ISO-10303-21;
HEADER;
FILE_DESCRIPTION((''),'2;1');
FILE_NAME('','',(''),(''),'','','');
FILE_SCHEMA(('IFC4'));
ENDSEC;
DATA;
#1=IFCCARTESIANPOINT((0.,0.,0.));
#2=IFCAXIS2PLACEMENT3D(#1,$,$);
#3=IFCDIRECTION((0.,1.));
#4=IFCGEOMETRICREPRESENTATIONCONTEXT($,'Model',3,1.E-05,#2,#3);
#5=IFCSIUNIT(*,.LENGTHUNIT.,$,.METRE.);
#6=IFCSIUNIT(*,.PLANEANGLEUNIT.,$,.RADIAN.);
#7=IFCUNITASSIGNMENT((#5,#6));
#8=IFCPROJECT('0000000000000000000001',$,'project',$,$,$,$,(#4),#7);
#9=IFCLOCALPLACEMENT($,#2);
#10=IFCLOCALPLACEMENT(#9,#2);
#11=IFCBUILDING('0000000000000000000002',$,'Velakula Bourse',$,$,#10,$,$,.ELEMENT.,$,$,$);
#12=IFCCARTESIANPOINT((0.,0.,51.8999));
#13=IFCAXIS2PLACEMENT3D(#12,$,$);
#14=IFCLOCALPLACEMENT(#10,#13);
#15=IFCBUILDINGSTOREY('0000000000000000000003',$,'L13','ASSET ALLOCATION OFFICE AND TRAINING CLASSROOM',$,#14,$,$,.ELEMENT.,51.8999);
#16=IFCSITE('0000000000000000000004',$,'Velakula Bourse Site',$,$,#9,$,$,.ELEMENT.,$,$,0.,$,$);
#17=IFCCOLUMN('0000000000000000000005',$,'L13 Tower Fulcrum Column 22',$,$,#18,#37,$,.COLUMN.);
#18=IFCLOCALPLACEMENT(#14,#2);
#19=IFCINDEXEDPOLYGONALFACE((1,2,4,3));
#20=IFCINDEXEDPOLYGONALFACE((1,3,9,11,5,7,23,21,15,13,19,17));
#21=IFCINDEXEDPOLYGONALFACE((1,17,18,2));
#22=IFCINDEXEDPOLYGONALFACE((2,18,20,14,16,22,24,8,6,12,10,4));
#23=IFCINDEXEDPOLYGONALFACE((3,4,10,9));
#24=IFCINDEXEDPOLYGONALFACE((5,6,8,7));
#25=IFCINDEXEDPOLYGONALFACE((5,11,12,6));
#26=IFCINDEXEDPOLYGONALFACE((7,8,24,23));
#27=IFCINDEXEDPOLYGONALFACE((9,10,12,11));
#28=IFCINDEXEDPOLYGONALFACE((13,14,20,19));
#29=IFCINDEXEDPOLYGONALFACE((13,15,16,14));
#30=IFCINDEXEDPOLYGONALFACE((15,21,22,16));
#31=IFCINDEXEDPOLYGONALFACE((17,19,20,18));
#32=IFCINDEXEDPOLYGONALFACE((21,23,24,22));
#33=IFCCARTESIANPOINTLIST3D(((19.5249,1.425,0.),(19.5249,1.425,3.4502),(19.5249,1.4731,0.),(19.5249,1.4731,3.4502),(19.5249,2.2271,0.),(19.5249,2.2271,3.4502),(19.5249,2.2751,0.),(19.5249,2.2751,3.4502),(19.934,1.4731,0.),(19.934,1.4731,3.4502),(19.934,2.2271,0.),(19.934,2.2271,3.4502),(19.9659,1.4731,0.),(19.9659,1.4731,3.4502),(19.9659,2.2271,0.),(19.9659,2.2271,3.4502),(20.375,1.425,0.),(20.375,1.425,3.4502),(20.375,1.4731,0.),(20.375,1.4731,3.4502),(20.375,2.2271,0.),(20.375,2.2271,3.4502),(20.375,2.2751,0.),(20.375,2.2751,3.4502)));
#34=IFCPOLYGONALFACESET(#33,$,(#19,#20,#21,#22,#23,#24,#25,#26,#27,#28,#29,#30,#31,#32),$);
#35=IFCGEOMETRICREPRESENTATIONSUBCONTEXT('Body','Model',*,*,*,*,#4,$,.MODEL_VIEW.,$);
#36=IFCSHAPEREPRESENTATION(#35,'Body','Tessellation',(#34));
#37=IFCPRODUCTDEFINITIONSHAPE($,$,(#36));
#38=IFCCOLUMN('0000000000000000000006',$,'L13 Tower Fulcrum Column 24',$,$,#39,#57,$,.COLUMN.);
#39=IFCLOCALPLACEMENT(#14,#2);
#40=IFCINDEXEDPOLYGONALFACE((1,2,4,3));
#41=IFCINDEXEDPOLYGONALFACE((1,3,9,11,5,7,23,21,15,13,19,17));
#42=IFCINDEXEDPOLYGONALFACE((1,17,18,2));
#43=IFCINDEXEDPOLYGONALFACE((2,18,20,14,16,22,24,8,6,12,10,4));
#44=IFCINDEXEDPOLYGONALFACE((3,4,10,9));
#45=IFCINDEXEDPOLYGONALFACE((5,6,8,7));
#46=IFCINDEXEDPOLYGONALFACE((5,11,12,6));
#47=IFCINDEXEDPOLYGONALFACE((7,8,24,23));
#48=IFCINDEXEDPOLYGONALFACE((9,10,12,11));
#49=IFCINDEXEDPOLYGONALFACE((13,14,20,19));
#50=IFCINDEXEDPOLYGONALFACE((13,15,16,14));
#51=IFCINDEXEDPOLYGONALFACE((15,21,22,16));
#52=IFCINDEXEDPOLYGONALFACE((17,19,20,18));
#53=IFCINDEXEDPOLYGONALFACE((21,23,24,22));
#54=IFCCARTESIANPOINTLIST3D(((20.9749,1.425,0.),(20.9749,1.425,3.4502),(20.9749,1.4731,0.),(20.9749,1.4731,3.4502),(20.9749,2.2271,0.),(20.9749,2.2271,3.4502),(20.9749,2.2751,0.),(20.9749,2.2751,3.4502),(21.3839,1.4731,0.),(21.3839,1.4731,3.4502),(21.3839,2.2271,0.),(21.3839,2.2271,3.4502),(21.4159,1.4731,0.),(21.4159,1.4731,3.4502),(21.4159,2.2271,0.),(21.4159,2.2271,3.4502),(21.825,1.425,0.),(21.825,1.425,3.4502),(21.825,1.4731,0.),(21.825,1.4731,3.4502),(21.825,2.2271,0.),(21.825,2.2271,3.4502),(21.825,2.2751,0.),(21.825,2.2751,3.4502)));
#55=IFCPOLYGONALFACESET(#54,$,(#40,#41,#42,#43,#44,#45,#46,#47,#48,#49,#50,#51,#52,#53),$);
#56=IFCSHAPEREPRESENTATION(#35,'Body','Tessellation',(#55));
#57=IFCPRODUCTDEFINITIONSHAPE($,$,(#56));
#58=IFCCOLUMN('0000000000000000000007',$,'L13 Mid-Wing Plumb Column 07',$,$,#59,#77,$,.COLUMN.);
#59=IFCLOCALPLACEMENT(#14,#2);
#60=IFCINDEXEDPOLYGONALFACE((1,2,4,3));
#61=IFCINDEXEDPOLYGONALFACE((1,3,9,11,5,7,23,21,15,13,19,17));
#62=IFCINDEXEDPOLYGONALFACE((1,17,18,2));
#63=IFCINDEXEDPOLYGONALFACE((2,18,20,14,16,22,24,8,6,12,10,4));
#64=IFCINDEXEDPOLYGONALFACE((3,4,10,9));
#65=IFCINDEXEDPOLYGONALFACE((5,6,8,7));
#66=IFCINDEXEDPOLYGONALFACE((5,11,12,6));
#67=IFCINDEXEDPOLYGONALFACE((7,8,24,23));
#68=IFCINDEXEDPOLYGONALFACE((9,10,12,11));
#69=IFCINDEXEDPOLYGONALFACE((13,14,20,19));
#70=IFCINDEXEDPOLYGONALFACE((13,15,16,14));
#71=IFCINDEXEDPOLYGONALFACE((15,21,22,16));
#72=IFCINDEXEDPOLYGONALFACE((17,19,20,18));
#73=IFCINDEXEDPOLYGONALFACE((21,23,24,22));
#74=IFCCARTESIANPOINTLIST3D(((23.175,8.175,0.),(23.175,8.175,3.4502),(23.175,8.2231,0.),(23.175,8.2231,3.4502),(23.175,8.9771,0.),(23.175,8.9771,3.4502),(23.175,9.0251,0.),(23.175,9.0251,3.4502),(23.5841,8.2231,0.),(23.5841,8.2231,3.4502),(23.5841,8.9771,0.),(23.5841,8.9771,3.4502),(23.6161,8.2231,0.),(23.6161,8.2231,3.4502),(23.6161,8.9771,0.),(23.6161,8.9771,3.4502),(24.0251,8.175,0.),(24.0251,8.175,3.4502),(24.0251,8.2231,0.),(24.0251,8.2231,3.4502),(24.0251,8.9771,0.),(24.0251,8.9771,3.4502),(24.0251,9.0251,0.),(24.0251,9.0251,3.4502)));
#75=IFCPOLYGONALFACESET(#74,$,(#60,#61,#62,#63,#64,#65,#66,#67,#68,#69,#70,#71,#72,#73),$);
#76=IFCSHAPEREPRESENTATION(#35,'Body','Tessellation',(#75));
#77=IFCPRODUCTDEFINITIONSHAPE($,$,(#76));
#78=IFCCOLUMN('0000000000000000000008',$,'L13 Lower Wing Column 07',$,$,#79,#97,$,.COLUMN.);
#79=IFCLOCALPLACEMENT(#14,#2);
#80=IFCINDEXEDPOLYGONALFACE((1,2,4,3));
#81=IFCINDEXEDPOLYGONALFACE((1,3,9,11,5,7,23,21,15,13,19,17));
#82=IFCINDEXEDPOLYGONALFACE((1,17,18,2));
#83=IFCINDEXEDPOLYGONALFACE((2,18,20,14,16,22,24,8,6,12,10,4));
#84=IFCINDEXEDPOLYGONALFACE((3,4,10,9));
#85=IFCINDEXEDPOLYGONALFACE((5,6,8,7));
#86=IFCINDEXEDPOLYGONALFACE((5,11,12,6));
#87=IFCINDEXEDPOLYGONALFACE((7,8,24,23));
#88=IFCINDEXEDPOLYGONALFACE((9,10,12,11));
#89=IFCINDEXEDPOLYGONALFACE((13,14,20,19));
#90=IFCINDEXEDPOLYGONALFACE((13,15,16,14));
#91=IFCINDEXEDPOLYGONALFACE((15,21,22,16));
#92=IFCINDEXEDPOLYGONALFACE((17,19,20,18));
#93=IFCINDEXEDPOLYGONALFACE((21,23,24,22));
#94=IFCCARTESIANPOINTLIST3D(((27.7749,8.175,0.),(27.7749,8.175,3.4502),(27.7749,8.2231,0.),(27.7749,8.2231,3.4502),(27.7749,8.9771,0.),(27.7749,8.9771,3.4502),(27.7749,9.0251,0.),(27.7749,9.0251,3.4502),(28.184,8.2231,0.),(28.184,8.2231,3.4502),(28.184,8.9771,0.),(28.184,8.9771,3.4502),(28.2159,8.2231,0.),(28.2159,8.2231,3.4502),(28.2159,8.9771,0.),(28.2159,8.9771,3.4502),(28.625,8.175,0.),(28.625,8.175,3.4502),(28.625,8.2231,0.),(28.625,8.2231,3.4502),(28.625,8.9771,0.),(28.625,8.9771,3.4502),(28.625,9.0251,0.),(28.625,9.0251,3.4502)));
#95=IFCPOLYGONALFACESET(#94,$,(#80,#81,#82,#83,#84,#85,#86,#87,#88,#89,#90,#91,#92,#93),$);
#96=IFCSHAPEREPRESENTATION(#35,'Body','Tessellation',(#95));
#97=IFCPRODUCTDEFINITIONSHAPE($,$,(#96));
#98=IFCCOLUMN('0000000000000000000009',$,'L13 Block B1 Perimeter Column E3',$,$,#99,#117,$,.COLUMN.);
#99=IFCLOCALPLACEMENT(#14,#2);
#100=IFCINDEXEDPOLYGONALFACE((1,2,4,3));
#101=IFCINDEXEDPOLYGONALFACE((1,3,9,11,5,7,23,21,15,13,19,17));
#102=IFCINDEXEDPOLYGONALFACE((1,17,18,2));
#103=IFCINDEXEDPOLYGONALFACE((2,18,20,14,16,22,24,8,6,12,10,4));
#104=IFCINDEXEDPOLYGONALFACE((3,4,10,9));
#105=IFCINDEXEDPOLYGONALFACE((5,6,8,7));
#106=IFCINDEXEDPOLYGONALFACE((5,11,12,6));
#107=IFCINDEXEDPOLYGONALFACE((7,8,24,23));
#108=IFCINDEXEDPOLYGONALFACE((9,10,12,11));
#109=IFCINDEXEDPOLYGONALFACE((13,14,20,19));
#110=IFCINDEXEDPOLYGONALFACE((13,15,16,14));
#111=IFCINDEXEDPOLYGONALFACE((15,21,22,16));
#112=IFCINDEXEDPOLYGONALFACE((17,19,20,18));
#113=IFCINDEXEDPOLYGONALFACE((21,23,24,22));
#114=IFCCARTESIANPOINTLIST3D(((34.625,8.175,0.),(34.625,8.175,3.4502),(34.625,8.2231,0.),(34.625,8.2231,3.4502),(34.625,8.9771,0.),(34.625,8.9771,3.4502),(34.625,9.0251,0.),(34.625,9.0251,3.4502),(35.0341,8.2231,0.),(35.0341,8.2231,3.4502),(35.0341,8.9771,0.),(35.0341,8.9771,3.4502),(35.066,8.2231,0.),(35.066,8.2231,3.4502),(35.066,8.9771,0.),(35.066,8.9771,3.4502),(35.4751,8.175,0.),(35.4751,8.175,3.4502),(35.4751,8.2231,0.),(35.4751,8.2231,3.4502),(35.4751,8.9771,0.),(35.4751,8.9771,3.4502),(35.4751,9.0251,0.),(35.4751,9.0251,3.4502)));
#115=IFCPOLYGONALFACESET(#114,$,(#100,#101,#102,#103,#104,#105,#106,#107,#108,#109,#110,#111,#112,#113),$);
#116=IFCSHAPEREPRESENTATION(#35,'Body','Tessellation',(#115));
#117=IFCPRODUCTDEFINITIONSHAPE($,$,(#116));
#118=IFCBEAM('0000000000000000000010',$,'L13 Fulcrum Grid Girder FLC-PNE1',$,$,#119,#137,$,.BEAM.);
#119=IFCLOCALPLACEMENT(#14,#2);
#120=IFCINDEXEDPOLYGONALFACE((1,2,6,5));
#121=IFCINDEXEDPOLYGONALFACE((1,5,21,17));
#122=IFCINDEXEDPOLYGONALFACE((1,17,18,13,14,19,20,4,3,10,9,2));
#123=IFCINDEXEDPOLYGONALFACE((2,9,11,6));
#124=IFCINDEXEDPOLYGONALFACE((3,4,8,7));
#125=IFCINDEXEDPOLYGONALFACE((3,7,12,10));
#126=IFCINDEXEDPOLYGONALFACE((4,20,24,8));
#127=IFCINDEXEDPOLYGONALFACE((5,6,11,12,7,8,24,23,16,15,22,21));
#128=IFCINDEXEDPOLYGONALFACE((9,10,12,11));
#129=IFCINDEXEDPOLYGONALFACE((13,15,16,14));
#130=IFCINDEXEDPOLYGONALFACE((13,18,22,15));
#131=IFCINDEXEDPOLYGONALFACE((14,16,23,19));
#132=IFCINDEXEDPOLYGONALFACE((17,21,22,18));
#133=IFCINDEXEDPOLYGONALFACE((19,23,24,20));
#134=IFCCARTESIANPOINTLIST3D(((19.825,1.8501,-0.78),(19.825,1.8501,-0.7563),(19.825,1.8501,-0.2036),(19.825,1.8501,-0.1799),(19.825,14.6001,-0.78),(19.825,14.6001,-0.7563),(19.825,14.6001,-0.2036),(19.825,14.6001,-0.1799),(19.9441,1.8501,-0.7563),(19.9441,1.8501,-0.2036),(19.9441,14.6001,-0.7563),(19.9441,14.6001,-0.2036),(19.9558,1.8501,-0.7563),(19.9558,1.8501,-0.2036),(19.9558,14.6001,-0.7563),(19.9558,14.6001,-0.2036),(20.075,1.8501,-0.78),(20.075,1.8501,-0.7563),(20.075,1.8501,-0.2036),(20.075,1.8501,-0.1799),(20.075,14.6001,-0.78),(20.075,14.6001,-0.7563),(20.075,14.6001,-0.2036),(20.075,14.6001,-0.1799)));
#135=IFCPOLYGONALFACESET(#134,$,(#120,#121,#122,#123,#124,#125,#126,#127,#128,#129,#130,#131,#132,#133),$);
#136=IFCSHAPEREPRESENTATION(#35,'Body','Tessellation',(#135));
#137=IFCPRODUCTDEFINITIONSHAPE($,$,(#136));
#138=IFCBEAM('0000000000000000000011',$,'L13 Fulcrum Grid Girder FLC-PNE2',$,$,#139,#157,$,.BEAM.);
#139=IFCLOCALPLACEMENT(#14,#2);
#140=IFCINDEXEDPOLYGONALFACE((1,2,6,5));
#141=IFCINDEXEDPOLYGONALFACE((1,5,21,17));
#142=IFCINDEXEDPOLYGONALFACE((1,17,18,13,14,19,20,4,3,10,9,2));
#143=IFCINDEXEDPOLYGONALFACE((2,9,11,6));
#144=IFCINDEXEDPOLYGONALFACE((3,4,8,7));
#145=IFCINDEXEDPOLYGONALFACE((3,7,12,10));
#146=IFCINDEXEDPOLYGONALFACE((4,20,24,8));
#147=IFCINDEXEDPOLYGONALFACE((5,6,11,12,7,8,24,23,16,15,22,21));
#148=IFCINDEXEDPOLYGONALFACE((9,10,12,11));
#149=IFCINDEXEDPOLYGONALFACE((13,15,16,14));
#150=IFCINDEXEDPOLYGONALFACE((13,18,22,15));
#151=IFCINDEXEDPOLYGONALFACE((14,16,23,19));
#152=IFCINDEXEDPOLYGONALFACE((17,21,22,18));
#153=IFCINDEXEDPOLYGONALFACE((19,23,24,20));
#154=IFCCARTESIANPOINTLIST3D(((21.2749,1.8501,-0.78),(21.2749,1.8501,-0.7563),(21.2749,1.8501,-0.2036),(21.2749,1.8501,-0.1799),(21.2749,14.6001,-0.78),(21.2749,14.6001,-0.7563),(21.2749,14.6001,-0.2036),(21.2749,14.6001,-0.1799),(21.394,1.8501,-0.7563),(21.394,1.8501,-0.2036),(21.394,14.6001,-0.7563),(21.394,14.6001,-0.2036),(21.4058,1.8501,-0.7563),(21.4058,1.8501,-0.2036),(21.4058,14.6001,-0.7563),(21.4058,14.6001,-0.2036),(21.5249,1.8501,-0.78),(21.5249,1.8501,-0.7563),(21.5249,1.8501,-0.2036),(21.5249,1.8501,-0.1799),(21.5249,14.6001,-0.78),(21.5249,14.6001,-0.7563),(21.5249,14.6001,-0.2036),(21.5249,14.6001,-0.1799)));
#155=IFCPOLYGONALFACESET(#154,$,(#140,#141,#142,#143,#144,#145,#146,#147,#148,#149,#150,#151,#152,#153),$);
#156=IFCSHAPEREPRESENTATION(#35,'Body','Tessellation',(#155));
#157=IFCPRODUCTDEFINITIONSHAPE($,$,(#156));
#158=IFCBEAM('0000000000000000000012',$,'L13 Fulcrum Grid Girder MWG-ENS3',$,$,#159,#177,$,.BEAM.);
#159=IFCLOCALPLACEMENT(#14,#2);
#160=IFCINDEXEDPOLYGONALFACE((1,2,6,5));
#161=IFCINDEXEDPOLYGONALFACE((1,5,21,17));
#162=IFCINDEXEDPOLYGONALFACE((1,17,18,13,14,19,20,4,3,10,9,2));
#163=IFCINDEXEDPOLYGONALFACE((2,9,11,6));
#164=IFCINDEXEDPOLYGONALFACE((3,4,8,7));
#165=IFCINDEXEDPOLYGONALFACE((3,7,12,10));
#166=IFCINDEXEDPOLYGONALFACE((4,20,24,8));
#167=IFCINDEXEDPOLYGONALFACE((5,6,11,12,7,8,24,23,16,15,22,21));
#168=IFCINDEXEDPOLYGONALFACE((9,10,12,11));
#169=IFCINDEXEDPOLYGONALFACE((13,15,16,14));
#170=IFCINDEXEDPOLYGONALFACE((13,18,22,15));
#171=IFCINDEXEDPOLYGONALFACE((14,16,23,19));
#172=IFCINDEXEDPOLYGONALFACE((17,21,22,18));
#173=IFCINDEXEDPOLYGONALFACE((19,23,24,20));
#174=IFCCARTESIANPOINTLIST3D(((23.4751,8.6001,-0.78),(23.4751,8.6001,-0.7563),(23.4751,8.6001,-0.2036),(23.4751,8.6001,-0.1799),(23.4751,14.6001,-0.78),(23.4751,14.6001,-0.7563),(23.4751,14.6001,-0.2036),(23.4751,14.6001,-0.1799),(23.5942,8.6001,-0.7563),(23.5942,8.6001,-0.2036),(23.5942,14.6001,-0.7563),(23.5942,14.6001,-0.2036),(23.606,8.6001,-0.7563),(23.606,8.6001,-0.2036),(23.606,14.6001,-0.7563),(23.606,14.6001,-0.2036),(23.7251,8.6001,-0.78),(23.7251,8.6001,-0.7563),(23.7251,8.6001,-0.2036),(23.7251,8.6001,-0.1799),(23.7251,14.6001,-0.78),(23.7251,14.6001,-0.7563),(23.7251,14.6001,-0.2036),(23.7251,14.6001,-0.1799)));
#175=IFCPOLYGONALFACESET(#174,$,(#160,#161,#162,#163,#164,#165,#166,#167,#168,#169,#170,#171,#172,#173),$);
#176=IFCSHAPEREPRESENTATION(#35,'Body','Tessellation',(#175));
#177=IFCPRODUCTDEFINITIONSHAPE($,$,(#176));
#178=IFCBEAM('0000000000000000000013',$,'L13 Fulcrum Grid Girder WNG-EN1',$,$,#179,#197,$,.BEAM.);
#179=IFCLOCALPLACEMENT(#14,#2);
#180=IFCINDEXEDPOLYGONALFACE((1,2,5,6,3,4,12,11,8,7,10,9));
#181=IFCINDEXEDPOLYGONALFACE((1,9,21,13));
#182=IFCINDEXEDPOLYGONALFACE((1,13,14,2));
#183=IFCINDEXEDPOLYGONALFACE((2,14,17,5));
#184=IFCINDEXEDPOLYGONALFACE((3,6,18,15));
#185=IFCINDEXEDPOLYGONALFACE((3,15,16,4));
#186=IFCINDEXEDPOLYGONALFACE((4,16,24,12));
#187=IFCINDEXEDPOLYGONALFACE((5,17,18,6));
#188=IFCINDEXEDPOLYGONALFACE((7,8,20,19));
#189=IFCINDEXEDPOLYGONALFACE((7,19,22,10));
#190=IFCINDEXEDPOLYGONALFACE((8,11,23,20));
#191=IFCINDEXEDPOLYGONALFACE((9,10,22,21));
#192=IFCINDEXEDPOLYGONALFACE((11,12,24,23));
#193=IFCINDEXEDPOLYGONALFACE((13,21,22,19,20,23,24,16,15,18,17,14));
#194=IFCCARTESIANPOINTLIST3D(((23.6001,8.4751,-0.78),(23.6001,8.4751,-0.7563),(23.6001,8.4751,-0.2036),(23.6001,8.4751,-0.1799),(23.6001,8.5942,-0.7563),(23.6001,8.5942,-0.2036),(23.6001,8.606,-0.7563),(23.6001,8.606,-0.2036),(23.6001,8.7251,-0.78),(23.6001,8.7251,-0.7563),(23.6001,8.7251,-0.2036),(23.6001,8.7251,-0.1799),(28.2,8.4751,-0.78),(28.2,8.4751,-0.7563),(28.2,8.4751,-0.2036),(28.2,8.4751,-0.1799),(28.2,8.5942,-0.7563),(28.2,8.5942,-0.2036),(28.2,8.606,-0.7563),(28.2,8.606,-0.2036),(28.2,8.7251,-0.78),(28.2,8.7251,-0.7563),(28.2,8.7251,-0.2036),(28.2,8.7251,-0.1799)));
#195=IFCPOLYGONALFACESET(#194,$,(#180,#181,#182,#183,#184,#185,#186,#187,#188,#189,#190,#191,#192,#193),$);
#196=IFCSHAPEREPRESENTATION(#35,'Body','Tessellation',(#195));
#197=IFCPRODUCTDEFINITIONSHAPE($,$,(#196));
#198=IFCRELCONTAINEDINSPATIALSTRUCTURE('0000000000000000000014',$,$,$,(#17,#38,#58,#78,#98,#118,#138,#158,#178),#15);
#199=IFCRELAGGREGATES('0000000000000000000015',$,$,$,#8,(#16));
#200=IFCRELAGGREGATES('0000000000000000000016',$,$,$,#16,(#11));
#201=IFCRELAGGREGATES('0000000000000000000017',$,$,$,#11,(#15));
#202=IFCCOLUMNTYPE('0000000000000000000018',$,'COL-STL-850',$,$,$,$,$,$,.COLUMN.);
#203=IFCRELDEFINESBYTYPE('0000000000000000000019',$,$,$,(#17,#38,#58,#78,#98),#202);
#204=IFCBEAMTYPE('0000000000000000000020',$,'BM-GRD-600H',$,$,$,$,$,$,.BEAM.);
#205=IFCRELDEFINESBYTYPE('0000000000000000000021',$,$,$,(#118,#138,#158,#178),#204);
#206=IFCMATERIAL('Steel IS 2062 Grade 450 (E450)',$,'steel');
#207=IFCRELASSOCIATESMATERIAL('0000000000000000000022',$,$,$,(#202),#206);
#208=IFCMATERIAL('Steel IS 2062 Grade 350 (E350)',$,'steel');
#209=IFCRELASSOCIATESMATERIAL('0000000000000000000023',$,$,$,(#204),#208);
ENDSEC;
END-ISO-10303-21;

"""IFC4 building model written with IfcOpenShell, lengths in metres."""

from ifc_helpers import new_model, si_unit, direction, frame, origin, origin_2d, place, context, subcontext, project, spatial, i_section, extrude, material, material_profile, profile_set, type_object, element, save


model = new_model("IFC4")

# Units and contexts
model_context = context("Model", 3, precision=1e-05, world=origin(), true_north=direction((0.0, 1.0)))
body_context = subcontext(model_context, "Body", "Model", "MODEL_VIEW")
ifc_project = project(units=[si_unit("LENGTHUNIT", "METRE"), si_unit("PLANEANGLEUNIT", "RADIAN")], contexts=[model_context])

# Site, building, storey
site_placement = place(None, origin())
site = spatial("IfcSite", under=ifc_project, at=site_placement, Name="Velakula Bourse Site", CompositionType="ELEMENT", RefElevation=0.0)
building_placement = place(site_placement, origin())
building = spatial("IfcBuilding", under=site, at=building_placement, Name="Velakula Bourse", CompositionType="ELEMENT")
storey_placement = place(building_placement, frame((0.0, 0.0, 51.8999)))
storey = spatial("IfcBuildingStorey", under=building, at=storey_placement, Name="L13", Description="ASSET ALLOCATION OFFICE AND TRAINING CLASSROOM", CompositionType="ELEMENT", Elevation=51.8999)

# Columns
ifc_material_1 = material(Name="Steel IS 2062 Grade 450 (E450)", Category="steel")
ifc_material_profile_1 = material_profile(ifc_material_1, i_section(OverallWidth=0.8501, OverallDepth=0.8501, WebThickness=0.032, FlangeThickness=0.0481, at=origin_2d()), Name="Steel IS 2062 Grade 450 (E450)")
ifc_profile_set_1 = profile_set([ifc_material_profile_1], Name="Steel IS 2062 Grade 450 (E450)")
column_type = type_object("IfcColumnType", Name="COL-STL-850", PredefinedType="COLUMN", material=ifc_profile_set_1)
for number, where, z_axis, x_axis, name in (
    (1, (19.95, 1.8501, 0.0), (0.0, 0.0, 1.0), (1.0, 0.0, 0.0), "L13 Tower Fulcrum Column 22"),
    (2, (21.3999, 1.8501, 0.0), (0.0, 0.0, 1.0), (1.0, 0.0, 0.0), "L13 Tower Fulcrum Column 24"),
    (3, (23.6001, 8.6001, 0.0), (0.0, 0.0, 1.0), (1.0, 0.0, 0.0), "L13 Mid-Wing Plumb Column 07"),
    (4, (28.2, 8.6001, 0.0), (0.0, 0.0, 1.0), (1.0, 0.0, 0.0), "L13 Lower Wing Column 07"),
    (5, (35.05, 8.6001, 0.0), (0.0, 0.0, 1.0), (1.0, 0.0, 0.0), "L13 Block B1 Perimeter Column E3"),
):
    element("IfcColumn", number, at=place(storey_placement, frame(where, z_axis=z_axis, x_axis=x_axis)), inside=storey, type_object=column_type, Name=name, PredefinedType="COLUMN", context=body_context, shape_type="SweptSolid", body=[
        extrude(i_section(OverallWidth=0.8501, OverallDepth=0.8501, WebThickness=0.032, FlangeThickness=0.0481, at=origin_2d()), origin(), (0.0, 0.0, 1.0), 3.4502),
    ])

# Beams
ifc_material_2 = material(Name="Steel IS 2062 Grade 350 (E350)", Category="steel")
ifc_material_profile_2 = material_profile(ifc_material_2, i_section(OverallWidth=0.25, OverallDepth=0.6001, WebThickness=0.0117, FlangeThickness=0.0237, at=origin_2d()), Name="Steel IS 2062 Grade 350 (E350)")
ifc_profile_set_2 = profile_set([ifc_material_profile_2], Name="Steel IS 2062 Grade 350 (E350)")
beam_type_1 = type_object("IfcBeamType", Name="BM-GRD-600H", PredefinedType="BEAM", material=ifc_profile_set_2)
for number, where, z_axis, x_axis, name in (
    (6, (19.95, 1.8501, -0.48), (0.0, 1.0, 0.0), (-1.0, 0.0, 0.0), "L13 Fulcrum Grid Girder FLC-PNE1"),
    (7, (21.3999, 1.8501, -0.48), (0.0, 1.0, 0.0), (-1.0, 0.0, 0.0), "L13 Fulcrum Grid Girder FLC-PNE2"),
):
    element("IfcBeam", number, at=place(storey_placement, frame(where, z_axis=z_axis, x_axis=x_axis)), inside=storey, type_object=beam_type_1, Name=name, PredefinedType="BEAM", context=body_context, shape_type="SweptSolid", body=[
        extrude(i_section(OverallWidth=0.25, OverallDepth=0.6001, WebThickness=0.0117, FlangeThickness=0.0237, at=origin_2d()), origin(), (0.0, 0.0, 1.0), 12.75),
    ])
beam_1_placement = place(storey_placement, frame((23.6001, 8.6001, -0.48), z_axis=(0.0, 1.0, 0.0), x_axis=(-1.0, 0.0, 0.0)))
element("IfcBeam", 8, at=beam_1_placement, inside=storey, type_object=beam_type_1, Name="L13 Fulcrum Grid Girder MWG-ENS3", PredefinedType="BEAM", context=body_context, shape_type="SweptSolid", body=[
    extrude(i_section(OverallWidth=0.25, OverallDepth=0.6001, WebThickness=0.0117, FlangeThickness=0.0237, at=origin_2d()), origin(), (0.0, 0.0, 1.0), 6.0),
])
beam_2_placement = place(storey_placement, frame((23.6001, 8.6001, -0.48), z_axis=(1.0, 0.0, 0.0), x_axis=(0.0, 1.0, 0.0)))
element("IfcBeam", 9, at=beam_2_placement, inside=storey, type_object=beam_type_1, Name="L13 Fulcrum Grid Girder WNG-EN1", PredefinedType="BEAM", context=body_context, shape_type="SweptSolid", body=[
    extrude(i_section(OverallWidth=0.25, OverallDepth=0.6001, WebThickness=0.0117, FlangeThickness=0.0237, at=origin_2d()), origin(), (0.0, 0.0, 1.0), 4.5999),
])

save(model, "model.ifc")
